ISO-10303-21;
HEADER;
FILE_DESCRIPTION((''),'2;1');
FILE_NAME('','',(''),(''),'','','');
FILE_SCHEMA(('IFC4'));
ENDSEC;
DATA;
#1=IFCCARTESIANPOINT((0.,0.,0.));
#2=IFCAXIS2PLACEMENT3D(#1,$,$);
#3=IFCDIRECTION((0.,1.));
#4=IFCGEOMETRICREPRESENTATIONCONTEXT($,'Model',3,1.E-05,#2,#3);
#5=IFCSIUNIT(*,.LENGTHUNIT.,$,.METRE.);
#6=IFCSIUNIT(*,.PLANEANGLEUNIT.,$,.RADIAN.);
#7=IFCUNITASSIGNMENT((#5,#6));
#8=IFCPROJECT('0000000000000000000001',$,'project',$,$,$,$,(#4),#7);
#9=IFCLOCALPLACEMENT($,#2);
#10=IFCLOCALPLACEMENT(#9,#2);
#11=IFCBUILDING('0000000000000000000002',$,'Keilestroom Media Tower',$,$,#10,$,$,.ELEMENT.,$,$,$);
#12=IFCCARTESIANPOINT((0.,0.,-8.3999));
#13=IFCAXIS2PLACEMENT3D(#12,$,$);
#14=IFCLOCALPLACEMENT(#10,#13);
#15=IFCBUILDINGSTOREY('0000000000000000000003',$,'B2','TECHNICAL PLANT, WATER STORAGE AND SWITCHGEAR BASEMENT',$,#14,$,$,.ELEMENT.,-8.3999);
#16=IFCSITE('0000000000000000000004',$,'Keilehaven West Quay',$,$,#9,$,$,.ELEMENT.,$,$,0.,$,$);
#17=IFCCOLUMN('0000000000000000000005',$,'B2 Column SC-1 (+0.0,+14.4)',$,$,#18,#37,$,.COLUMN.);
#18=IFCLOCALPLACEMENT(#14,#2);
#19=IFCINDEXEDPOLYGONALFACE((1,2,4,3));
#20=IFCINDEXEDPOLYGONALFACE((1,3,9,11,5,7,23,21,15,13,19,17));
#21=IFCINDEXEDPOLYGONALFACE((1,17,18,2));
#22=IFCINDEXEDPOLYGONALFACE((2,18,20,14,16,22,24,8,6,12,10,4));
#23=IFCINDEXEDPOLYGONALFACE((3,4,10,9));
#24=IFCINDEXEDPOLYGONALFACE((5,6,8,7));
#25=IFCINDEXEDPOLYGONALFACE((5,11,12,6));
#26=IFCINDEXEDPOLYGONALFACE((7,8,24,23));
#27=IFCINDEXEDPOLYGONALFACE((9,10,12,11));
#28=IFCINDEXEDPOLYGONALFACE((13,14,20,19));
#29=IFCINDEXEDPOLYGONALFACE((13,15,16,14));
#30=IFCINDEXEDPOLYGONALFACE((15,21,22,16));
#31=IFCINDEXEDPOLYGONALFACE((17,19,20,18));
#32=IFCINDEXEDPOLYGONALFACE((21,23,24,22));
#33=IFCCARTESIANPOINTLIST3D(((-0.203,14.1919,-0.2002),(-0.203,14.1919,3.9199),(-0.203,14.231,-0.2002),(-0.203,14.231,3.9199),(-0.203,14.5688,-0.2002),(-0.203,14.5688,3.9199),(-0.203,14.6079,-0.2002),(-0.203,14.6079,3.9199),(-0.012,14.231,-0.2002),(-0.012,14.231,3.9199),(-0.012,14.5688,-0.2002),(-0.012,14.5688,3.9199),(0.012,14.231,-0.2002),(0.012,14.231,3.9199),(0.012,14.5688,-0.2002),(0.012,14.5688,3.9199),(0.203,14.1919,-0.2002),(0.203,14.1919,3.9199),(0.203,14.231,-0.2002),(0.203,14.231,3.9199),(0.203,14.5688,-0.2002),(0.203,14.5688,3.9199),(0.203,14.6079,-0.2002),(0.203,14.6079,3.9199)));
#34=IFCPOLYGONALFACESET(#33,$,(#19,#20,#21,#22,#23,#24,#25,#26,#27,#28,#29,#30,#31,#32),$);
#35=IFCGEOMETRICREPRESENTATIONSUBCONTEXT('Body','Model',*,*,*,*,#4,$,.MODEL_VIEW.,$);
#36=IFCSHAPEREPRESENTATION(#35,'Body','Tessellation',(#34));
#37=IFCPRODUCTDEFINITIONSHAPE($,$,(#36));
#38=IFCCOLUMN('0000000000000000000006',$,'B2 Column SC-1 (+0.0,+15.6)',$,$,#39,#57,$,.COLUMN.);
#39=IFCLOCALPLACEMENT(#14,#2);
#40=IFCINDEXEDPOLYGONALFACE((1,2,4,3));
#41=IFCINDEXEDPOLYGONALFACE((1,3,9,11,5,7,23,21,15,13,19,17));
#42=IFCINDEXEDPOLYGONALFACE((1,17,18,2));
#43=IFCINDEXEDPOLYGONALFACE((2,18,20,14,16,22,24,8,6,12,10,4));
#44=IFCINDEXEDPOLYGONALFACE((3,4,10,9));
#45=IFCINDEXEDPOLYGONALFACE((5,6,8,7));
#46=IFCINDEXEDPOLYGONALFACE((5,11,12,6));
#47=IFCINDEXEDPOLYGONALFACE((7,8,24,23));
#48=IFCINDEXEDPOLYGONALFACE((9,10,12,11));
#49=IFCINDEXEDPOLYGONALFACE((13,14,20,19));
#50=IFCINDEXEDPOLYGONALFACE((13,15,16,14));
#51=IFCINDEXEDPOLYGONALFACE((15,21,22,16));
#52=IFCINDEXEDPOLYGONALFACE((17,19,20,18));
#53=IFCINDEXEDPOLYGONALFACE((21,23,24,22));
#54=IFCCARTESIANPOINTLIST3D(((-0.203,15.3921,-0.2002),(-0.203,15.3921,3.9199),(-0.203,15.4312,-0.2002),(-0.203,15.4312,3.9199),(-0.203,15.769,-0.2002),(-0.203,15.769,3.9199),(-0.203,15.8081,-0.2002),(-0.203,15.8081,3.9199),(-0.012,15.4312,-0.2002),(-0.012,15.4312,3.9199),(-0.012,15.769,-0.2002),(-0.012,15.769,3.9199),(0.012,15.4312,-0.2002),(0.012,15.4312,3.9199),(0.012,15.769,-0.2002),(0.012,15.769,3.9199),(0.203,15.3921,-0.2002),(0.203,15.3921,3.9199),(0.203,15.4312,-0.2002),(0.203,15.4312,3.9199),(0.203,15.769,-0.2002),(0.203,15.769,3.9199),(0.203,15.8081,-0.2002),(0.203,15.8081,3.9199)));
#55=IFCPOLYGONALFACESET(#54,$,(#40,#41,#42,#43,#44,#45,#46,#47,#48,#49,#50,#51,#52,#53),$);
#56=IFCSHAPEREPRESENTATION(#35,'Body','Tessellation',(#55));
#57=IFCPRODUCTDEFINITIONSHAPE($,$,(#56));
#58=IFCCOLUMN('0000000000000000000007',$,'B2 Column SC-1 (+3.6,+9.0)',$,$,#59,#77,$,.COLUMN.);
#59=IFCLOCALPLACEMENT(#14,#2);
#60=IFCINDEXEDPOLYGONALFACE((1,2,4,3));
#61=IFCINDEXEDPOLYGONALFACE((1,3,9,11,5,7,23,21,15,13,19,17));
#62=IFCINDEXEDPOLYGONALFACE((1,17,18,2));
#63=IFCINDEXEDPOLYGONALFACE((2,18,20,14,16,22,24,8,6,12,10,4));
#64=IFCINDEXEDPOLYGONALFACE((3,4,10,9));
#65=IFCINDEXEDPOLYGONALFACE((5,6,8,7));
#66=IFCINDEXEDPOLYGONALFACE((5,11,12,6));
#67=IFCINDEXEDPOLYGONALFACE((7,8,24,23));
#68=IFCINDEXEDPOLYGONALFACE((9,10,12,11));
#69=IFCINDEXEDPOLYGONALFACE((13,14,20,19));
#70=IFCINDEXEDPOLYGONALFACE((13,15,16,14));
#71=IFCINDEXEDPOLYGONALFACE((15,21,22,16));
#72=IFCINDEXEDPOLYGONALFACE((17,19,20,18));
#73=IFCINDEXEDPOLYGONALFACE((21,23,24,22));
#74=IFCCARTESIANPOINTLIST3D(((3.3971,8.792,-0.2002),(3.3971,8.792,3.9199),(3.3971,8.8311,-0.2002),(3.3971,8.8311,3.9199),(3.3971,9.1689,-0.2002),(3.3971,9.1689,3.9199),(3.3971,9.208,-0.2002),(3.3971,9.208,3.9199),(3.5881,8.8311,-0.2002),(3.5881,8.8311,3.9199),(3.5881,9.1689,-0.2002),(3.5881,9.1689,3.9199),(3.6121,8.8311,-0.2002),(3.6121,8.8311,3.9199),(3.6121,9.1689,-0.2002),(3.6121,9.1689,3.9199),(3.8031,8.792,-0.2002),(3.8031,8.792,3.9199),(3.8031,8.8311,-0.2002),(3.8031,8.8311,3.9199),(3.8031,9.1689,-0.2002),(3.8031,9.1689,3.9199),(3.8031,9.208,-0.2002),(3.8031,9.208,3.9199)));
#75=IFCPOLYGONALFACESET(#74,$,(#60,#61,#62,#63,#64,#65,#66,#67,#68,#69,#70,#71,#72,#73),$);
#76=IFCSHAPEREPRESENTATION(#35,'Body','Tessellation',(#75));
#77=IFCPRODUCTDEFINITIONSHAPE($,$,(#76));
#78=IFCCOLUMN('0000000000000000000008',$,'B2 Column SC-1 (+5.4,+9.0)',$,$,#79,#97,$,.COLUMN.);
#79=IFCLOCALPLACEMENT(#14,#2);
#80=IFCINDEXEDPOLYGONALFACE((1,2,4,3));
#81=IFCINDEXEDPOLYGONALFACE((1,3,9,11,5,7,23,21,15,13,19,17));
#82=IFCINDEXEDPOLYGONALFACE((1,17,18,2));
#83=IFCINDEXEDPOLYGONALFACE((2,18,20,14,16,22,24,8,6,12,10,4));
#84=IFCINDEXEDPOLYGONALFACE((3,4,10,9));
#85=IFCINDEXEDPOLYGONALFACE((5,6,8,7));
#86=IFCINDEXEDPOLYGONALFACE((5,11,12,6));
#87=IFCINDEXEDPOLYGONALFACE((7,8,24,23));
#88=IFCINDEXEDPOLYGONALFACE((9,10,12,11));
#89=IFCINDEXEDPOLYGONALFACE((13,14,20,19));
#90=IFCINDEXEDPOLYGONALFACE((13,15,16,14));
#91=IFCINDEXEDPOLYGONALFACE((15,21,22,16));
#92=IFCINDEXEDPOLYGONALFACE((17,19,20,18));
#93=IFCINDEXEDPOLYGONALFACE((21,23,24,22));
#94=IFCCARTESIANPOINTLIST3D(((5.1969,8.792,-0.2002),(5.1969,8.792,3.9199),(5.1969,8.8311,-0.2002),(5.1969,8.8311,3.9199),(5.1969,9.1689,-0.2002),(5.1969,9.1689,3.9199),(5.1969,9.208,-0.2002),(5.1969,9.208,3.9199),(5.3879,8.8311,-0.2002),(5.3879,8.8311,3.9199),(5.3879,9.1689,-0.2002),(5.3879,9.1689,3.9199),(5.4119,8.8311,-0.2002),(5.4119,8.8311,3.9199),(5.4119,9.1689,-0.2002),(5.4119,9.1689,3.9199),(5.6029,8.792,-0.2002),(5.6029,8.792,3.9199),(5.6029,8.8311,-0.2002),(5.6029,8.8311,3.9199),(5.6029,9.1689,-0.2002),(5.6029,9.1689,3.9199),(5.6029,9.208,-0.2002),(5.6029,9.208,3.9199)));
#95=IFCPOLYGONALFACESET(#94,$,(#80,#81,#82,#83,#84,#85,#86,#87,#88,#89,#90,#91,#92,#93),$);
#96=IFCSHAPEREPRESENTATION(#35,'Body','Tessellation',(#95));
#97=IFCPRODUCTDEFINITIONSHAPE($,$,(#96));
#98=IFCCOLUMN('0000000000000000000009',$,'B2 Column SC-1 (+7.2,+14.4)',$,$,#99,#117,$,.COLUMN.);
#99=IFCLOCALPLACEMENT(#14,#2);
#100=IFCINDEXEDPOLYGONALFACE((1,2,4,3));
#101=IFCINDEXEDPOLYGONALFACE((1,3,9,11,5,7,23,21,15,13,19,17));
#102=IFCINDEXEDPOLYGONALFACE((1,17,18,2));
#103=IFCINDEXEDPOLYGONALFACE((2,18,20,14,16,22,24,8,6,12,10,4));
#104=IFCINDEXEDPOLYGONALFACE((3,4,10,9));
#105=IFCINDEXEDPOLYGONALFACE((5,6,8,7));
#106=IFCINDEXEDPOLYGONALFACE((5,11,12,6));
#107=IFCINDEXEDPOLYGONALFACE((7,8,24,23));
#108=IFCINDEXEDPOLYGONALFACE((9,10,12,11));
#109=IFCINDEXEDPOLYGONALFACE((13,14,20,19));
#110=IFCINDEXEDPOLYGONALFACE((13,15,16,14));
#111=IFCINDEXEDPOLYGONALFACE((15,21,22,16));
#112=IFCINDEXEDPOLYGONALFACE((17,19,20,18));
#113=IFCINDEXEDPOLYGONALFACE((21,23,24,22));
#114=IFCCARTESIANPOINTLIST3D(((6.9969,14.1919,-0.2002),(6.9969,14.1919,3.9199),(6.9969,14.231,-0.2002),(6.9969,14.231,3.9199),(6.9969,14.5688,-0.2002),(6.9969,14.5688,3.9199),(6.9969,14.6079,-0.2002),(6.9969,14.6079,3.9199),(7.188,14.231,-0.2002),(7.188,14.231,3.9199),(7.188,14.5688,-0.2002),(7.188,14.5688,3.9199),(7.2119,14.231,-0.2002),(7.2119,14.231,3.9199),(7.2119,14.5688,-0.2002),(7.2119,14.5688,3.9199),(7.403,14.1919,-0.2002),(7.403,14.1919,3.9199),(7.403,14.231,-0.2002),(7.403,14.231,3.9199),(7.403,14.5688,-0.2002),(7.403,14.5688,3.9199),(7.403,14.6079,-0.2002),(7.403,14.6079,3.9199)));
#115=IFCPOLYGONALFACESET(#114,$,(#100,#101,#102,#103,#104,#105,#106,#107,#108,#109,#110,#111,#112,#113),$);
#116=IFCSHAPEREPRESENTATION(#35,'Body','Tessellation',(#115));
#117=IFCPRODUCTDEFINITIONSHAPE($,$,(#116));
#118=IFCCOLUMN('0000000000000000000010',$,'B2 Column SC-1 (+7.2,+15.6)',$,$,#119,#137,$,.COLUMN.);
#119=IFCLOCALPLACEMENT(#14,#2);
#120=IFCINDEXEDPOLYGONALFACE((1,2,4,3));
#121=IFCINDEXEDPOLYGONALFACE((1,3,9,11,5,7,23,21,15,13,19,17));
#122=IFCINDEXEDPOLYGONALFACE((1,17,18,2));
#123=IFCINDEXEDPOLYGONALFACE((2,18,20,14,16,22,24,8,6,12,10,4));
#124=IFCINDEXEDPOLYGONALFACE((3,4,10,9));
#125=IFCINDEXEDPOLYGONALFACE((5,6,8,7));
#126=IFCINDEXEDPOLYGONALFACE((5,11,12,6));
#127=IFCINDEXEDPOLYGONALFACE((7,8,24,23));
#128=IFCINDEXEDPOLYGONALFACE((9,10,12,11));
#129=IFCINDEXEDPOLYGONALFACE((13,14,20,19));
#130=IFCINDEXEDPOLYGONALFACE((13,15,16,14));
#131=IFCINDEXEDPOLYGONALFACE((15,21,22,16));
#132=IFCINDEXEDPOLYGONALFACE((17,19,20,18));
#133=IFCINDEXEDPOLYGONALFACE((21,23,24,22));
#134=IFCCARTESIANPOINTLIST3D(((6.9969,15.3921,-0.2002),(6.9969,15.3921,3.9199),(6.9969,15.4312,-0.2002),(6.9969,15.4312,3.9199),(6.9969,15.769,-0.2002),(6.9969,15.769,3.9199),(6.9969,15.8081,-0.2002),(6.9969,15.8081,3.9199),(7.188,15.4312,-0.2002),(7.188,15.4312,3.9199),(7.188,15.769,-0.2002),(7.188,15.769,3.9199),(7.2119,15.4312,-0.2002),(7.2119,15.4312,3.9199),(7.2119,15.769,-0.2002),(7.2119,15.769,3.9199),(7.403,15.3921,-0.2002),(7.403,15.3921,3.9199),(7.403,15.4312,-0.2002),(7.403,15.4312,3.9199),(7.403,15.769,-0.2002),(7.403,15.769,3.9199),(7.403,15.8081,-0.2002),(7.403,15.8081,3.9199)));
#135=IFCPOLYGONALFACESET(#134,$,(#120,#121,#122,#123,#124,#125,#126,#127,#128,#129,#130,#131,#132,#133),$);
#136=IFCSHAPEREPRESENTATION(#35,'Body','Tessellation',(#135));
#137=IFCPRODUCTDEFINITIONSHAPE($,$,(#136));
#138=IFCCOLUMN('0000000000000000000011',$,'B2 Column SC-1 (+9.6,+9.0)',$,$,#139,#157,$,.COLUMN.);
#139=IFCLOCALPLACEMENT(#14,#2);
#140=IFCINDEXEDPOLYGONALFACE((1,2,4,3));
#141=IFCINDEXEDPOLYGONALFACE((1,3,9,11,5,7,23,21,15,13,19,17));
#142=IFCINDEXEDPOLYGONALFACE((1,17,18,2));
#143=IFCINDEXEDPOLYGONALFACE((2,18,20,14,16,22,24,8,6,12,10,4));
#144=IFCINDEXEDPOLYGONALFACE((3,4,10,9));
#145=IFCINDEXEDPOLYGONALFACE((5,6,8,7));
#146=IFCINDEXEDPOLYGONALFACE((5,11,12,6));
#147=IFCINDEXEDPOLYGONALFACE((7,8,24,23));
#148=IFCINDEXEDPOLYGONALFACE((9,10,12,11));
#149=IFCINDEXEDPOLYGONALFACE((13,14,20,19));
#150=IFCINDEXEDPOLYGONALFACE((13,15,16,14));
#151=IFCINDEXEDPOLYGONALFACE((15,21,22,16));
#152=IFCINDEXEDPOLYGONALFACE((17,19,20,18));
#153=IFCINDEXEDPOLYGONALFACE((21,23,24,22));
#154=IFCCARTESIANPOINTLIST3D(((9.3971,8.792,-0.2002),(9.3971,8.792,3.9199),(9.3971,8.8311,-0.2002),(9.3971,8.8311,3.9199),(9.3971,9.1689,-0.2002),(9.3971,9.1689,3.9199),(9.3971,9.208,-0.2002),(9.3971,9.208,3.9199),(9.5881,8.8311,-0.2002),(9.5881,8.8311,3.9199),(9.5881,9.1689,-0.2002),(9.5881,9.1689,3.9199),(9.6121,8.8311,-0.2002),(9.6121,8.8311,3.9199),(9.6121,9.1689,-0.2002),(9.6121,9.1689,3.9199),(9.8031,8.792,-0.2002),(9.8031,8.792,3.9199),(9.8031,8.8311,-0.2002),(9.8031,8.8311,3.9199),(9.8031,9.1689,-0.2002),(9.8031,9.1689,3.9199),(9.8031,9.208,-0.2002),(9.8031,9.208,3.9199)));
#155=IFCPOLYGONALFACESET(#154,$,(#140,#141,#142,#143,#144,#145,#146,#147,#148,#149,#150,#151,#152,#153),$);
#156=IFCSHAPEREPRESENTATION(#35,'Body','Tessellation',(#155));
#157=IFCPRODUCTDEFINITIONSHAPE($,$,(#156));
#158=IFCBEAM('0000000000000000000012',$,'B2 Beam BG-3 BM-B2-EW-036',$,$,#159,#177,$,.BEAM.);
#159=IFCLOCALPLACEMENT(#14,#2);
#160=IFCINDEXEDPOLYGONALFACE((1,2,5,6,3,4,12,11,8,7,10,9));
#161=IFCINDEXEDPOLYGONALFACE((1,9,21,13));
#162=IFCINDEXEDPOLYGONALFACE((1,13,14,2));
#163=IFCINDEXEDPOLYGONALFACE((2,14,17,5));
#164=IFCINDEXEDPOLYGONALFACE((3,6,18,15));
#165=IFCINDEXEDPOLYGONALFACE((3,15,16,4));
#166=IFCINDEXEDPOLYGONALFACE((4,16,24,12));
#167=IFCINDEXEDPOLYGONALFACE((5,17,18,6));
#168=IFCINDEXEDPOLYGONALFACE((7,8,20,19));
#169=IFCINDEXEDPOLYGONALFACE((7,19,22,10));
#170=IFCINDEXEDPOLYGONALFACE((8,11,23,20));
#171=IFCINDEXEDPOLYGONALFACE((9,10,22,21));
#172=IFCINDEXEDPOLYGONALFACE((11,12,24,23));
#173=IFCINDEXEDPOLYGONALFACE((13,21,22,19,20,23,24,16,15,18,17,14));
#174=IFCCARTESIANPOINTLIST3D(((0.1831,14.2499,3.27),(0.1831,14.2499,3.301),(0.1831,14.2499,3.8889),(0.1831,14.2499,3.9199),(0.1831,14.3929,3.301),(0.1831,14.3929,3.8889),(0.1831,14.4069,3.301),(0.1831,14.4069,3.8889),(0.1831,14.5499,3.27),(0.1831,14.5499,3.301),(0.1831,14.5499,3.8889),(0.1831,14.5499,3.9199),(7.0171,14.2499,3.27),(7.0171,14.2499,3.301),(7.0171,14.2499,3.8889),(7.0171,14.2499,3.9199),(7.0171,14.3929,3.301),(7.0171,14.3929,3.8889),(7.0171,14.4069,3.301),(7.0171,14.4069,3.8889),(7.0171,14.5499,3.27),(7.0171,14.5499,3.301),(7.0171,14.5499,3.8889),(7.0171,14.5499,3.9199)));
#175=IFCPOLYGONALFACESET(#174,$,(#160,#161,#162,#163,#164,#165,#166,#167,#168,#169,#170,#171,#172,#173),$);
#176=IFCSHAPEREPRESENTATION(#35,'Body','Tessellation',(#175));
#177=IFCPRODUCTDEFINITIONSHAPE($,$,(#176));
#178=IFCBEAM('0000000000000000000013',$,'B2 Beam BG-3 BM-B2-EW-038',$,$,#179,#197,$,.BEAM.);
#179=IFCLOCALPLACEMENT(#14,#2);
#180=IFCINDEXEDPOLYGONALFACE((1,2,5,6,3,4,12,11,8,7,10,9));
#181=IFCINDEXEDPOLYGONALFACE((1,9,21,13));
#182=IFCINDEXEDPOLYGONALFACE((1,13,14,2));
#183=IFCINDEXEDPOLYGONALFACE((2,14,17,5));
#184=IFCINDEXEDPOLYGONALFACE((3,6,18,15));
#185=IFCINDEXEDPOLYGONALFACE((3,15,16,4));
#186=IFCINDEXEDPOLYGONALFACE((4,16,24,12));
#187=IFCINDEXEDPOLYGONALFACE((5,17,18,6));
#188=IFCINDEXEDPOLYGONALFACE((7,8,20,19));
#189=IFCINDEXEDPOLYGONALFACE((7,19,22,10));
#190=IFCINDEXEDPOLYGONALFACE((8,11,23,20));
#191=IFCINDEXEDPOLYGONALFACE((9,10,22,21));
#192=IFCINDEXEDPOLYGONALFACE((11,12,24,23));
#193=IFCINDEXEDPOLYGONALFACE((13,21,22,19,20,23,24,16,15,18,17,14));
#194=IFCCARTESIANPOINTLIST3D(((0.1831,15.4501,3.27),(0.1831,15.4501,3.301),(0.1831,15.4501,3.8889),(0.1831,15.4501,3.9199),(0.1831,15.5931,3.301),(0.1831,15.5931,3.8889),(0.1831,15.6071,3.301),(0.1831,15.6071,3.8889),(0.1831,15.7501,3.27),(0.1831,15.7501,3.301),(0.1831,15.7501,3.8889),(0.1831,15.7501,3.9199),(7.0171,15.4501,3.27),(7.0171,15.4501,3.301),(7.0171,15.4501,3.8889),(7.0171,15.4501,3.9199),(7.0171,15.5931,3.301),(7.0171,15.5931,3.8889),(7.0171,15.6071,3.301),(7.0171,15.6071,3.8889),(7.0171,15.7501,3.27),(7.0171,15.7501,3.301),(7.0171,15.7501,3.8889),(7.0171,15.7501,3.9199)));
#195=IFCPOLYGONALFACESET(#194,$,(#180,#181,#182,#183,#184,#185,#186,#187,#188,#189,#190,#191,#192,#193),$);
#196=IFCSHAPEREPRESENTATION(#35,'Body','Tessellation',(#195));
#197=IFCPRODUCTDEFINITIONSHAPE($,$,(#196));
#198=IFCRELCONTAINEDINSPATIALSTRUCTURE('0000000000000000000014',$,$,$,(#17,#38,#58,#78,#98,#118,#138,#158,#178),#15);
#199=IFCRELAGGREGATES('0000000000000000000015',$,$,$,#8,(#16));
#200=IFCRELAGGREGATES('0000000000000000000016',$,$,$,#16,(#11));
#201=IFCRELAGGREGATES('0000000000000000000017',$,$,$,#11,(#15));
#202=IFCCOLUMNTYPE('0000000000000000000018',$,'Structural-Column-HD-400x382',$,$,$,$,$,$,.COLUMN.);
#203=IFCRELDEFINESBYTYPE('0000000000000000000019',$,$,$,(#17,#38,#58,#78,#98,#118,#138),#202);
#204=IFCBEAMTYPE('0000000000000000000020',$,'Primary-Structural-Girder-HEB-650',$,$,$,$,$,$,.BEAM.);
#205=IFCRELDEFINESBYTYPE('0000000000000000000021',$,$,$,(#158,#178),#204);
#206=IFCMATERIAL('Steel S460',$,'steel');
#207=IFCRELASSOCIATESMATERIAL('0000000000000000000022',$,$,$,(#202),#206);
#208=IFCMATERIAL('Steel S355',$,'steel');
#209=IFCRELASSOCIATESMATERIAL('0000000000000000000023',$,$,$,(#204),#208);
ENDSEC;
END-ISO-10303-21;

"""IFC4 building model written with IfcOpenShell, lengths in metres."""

from ifc_helpers import new_model, si_unit, direction, frame, origin, origin_2d, place, context, subcontext, project, spatial, i_section, extrude, source, transform, mapped, material, material_profile, profile_set, type_object, element, save


model = new_model("IFC4")

# Units and contexts
model_context = context("Model", 3, precision=1e-05, world=origin(), true_north=direction((0.0, 1.0)))
body_context = subcontext(model_context, "Body", "Model", "MODEL_VIEW")
ifc_project = project(units=[si_unit("LENGTHUNIT", "METRE"), si_unit("PLANEANGLEUNIT", "RADIAN")], contexts=[model_context])

# Site, building, storey
site_placement = place(None, origin())
site = spatial("IfcSite", under=ifc_project, at=site_placement, Name="Keilehaven West Quay", CompositionType="ELEMENT", RefElevation=0.0)
building_placement = place(site_placement, origin())
building = spatial("IfcBuilding", under=site, at=building_placement, Name="Keilestroom Media Tower", CompositionType="ELEMENT")
storey_placement = place(building_placement, frame((0.0, 0.0, -8.3999)))
storey = spatial("IfcBuildingStorey", under=building, at=storey_placement, Name="B2", Description="TECHNICAL PLANT, WATER STORAGE AND SWITCHGEAR BASEMENT", CompositionType="ELEMENT", Elevation=-8.3999)

# Columns
ifc_material_1 = material(Name="Steel S460", Category="steel")
ifc_material_profile_1 = material_profile(ifc_material_1, i_section(OverallWidth=0.406, OverallDepth=0.416, WebThickness=0.0239, FlangeThickness=0.0391, at=origin_2d()), Name="HD 400x382")
ifc_profile_set_1 = profile_set([ifc_material_profile_1], Name="Steel S460")
column_type_1 = type_object("IfcColumnType", Name="Structural-Column-HD-400x382", PredefinedType="COLUMN", material=ifc_profile_set_1)
shared_shape_1 = source(origin(), body_context, "Body", "SweptSolid", [
    extrude(i_section(OverallWidth=0.406, OverallDepth=0.416, WebThickness=0.0239, FlangeThickness=0.0391, at=origin_2d()), origin(), (0.0, 0.0, 1.0), 4.1201),
])
for number, where, z_axis, x_axis, name in (
    (1, (0.0, 14.3999, -0.2002), (0.0, 0.0, 1.0), (1.0, 0.0, 0.0), "B2 Column SC-1 (+0.0,+14.4)"),
    (2, (0.0, 15.6001, -0.2002), (0.0, 0.0, 1.0), (1.0, 0.0, 0.0), "B2 Column SC-1 (+0.0,+15.6)"),
    (3, (3.6001, 9.0, -0.2002), (0.0, 0.0, 1.0), (1.0, 0.0, 0.0), "B2 Column SC-1 (+3.6,+9.0)"),
    (4, (5.3999, 9.0, -0.2002), (0.0, 0.0, 1.0), (1.0, 0.0, 0.0), "B2 Column SC-1 (+5.4,+9.0)"),
    (5, (7.2, 14.3999, -0.2002), (0.0, 0.0, 1.0), (1.0, 0.0, 0.0), "B2 Column SC-1 (+7.2,+14.4)"),
    (6, (7.2, 15.6001, -0.2002), (0.0, 0.0, 1.0), (1.0, 0.0, 0.0), "B2 Column SC-1 (+7.2,+15.6)"),
    (7, (9.6001, 9.0, -0.2002), (0.0, 0.0, 1.0), (1.0, 0.0, 0.0), "B2 Column SC-1 (+9.6,+9.0)"),
):
    element("IfcColumn", number, at=place(storey_placement, frame(where, z_axis=z_axis, x_axis=x_axis)), inside=storey, type_object=column_type_1, Name=name, PredefinedType="COLUMN", context=body_context, shape_type="MappedRepresentation", body=[
        mapped(shared_shape_1, transform((0.0, 0.0, 0.0), x_axis=(1.0, 0.0, 0.0), y_axis=(0.0, 1.0, 0.0), z_axis=(0.0, 0.0, 1.0), scale=1.0)),
    ])

# Beams
ifc_material_2 = material(Name="Steel S355", Category="steel")
ifc_material_profile_2 = material_profile(ifc_material_2, i_section(OverallWidth=0.3, OverallDepth=0.6499, WebThickness=0.0139, FlangeThickness=0.031, at=origin_2d()), Name="HEB 650")
ifc_profile_set_2 = profile_set([ifc_material_profile_2], Name="Steel S355")
beam_type_1 = type_object("IfcBeamType", Name="Primary-Structural-Girder-HEB-650", PredefinedType="BEAM", material=ifc_profile_set_2)
shared_shape_2 = source(origin(), body_context, "Body", "SweptSolid", [
    extrude(i_section(OverallWidth=0.3, OverallDepth=0.6499, WebThickness=0.0139, FlangeThickness=0.031, at=origin_2d()), origin(), (0.0, 0.0, 1.0), 6.834),
])
for number, where, z_axis, x_axis, name in (
    (8, (0.1831, 14.3999, 3.595), (1.0, 0.0, 0.0), (0.0, 1.0, 0.0), "B2 Beam BG-3 BM-B2-EW-036"),
    (9, (0.1831, 15.6001, 3.595), (1.0, 0.0, 0.0), (0.0, 1.0, 0.0), "B2 Beam BG-3 BM-B2-EW-038"),
):
    element("IfcBeam", number, at=place(storey_placement, frame(where, z_axis=z_axis, x_axis=x_axis)), inside=storey, type_object=beam_type_1, Name=name, PredefinedType="BEAM", context=body_context, shape_type="MappedRepresentation", body=[
        mapped(shared_shape_2, transform((0.0, 0.0, 0.0), x_axis=(1.0, 0.0, 0.0), y_axis=(0.0, 1.0, 0.0), z_axis=(0.0, 0.0, 1.0), scale=1.0)),
    ])

save(model, "model.ifc")
